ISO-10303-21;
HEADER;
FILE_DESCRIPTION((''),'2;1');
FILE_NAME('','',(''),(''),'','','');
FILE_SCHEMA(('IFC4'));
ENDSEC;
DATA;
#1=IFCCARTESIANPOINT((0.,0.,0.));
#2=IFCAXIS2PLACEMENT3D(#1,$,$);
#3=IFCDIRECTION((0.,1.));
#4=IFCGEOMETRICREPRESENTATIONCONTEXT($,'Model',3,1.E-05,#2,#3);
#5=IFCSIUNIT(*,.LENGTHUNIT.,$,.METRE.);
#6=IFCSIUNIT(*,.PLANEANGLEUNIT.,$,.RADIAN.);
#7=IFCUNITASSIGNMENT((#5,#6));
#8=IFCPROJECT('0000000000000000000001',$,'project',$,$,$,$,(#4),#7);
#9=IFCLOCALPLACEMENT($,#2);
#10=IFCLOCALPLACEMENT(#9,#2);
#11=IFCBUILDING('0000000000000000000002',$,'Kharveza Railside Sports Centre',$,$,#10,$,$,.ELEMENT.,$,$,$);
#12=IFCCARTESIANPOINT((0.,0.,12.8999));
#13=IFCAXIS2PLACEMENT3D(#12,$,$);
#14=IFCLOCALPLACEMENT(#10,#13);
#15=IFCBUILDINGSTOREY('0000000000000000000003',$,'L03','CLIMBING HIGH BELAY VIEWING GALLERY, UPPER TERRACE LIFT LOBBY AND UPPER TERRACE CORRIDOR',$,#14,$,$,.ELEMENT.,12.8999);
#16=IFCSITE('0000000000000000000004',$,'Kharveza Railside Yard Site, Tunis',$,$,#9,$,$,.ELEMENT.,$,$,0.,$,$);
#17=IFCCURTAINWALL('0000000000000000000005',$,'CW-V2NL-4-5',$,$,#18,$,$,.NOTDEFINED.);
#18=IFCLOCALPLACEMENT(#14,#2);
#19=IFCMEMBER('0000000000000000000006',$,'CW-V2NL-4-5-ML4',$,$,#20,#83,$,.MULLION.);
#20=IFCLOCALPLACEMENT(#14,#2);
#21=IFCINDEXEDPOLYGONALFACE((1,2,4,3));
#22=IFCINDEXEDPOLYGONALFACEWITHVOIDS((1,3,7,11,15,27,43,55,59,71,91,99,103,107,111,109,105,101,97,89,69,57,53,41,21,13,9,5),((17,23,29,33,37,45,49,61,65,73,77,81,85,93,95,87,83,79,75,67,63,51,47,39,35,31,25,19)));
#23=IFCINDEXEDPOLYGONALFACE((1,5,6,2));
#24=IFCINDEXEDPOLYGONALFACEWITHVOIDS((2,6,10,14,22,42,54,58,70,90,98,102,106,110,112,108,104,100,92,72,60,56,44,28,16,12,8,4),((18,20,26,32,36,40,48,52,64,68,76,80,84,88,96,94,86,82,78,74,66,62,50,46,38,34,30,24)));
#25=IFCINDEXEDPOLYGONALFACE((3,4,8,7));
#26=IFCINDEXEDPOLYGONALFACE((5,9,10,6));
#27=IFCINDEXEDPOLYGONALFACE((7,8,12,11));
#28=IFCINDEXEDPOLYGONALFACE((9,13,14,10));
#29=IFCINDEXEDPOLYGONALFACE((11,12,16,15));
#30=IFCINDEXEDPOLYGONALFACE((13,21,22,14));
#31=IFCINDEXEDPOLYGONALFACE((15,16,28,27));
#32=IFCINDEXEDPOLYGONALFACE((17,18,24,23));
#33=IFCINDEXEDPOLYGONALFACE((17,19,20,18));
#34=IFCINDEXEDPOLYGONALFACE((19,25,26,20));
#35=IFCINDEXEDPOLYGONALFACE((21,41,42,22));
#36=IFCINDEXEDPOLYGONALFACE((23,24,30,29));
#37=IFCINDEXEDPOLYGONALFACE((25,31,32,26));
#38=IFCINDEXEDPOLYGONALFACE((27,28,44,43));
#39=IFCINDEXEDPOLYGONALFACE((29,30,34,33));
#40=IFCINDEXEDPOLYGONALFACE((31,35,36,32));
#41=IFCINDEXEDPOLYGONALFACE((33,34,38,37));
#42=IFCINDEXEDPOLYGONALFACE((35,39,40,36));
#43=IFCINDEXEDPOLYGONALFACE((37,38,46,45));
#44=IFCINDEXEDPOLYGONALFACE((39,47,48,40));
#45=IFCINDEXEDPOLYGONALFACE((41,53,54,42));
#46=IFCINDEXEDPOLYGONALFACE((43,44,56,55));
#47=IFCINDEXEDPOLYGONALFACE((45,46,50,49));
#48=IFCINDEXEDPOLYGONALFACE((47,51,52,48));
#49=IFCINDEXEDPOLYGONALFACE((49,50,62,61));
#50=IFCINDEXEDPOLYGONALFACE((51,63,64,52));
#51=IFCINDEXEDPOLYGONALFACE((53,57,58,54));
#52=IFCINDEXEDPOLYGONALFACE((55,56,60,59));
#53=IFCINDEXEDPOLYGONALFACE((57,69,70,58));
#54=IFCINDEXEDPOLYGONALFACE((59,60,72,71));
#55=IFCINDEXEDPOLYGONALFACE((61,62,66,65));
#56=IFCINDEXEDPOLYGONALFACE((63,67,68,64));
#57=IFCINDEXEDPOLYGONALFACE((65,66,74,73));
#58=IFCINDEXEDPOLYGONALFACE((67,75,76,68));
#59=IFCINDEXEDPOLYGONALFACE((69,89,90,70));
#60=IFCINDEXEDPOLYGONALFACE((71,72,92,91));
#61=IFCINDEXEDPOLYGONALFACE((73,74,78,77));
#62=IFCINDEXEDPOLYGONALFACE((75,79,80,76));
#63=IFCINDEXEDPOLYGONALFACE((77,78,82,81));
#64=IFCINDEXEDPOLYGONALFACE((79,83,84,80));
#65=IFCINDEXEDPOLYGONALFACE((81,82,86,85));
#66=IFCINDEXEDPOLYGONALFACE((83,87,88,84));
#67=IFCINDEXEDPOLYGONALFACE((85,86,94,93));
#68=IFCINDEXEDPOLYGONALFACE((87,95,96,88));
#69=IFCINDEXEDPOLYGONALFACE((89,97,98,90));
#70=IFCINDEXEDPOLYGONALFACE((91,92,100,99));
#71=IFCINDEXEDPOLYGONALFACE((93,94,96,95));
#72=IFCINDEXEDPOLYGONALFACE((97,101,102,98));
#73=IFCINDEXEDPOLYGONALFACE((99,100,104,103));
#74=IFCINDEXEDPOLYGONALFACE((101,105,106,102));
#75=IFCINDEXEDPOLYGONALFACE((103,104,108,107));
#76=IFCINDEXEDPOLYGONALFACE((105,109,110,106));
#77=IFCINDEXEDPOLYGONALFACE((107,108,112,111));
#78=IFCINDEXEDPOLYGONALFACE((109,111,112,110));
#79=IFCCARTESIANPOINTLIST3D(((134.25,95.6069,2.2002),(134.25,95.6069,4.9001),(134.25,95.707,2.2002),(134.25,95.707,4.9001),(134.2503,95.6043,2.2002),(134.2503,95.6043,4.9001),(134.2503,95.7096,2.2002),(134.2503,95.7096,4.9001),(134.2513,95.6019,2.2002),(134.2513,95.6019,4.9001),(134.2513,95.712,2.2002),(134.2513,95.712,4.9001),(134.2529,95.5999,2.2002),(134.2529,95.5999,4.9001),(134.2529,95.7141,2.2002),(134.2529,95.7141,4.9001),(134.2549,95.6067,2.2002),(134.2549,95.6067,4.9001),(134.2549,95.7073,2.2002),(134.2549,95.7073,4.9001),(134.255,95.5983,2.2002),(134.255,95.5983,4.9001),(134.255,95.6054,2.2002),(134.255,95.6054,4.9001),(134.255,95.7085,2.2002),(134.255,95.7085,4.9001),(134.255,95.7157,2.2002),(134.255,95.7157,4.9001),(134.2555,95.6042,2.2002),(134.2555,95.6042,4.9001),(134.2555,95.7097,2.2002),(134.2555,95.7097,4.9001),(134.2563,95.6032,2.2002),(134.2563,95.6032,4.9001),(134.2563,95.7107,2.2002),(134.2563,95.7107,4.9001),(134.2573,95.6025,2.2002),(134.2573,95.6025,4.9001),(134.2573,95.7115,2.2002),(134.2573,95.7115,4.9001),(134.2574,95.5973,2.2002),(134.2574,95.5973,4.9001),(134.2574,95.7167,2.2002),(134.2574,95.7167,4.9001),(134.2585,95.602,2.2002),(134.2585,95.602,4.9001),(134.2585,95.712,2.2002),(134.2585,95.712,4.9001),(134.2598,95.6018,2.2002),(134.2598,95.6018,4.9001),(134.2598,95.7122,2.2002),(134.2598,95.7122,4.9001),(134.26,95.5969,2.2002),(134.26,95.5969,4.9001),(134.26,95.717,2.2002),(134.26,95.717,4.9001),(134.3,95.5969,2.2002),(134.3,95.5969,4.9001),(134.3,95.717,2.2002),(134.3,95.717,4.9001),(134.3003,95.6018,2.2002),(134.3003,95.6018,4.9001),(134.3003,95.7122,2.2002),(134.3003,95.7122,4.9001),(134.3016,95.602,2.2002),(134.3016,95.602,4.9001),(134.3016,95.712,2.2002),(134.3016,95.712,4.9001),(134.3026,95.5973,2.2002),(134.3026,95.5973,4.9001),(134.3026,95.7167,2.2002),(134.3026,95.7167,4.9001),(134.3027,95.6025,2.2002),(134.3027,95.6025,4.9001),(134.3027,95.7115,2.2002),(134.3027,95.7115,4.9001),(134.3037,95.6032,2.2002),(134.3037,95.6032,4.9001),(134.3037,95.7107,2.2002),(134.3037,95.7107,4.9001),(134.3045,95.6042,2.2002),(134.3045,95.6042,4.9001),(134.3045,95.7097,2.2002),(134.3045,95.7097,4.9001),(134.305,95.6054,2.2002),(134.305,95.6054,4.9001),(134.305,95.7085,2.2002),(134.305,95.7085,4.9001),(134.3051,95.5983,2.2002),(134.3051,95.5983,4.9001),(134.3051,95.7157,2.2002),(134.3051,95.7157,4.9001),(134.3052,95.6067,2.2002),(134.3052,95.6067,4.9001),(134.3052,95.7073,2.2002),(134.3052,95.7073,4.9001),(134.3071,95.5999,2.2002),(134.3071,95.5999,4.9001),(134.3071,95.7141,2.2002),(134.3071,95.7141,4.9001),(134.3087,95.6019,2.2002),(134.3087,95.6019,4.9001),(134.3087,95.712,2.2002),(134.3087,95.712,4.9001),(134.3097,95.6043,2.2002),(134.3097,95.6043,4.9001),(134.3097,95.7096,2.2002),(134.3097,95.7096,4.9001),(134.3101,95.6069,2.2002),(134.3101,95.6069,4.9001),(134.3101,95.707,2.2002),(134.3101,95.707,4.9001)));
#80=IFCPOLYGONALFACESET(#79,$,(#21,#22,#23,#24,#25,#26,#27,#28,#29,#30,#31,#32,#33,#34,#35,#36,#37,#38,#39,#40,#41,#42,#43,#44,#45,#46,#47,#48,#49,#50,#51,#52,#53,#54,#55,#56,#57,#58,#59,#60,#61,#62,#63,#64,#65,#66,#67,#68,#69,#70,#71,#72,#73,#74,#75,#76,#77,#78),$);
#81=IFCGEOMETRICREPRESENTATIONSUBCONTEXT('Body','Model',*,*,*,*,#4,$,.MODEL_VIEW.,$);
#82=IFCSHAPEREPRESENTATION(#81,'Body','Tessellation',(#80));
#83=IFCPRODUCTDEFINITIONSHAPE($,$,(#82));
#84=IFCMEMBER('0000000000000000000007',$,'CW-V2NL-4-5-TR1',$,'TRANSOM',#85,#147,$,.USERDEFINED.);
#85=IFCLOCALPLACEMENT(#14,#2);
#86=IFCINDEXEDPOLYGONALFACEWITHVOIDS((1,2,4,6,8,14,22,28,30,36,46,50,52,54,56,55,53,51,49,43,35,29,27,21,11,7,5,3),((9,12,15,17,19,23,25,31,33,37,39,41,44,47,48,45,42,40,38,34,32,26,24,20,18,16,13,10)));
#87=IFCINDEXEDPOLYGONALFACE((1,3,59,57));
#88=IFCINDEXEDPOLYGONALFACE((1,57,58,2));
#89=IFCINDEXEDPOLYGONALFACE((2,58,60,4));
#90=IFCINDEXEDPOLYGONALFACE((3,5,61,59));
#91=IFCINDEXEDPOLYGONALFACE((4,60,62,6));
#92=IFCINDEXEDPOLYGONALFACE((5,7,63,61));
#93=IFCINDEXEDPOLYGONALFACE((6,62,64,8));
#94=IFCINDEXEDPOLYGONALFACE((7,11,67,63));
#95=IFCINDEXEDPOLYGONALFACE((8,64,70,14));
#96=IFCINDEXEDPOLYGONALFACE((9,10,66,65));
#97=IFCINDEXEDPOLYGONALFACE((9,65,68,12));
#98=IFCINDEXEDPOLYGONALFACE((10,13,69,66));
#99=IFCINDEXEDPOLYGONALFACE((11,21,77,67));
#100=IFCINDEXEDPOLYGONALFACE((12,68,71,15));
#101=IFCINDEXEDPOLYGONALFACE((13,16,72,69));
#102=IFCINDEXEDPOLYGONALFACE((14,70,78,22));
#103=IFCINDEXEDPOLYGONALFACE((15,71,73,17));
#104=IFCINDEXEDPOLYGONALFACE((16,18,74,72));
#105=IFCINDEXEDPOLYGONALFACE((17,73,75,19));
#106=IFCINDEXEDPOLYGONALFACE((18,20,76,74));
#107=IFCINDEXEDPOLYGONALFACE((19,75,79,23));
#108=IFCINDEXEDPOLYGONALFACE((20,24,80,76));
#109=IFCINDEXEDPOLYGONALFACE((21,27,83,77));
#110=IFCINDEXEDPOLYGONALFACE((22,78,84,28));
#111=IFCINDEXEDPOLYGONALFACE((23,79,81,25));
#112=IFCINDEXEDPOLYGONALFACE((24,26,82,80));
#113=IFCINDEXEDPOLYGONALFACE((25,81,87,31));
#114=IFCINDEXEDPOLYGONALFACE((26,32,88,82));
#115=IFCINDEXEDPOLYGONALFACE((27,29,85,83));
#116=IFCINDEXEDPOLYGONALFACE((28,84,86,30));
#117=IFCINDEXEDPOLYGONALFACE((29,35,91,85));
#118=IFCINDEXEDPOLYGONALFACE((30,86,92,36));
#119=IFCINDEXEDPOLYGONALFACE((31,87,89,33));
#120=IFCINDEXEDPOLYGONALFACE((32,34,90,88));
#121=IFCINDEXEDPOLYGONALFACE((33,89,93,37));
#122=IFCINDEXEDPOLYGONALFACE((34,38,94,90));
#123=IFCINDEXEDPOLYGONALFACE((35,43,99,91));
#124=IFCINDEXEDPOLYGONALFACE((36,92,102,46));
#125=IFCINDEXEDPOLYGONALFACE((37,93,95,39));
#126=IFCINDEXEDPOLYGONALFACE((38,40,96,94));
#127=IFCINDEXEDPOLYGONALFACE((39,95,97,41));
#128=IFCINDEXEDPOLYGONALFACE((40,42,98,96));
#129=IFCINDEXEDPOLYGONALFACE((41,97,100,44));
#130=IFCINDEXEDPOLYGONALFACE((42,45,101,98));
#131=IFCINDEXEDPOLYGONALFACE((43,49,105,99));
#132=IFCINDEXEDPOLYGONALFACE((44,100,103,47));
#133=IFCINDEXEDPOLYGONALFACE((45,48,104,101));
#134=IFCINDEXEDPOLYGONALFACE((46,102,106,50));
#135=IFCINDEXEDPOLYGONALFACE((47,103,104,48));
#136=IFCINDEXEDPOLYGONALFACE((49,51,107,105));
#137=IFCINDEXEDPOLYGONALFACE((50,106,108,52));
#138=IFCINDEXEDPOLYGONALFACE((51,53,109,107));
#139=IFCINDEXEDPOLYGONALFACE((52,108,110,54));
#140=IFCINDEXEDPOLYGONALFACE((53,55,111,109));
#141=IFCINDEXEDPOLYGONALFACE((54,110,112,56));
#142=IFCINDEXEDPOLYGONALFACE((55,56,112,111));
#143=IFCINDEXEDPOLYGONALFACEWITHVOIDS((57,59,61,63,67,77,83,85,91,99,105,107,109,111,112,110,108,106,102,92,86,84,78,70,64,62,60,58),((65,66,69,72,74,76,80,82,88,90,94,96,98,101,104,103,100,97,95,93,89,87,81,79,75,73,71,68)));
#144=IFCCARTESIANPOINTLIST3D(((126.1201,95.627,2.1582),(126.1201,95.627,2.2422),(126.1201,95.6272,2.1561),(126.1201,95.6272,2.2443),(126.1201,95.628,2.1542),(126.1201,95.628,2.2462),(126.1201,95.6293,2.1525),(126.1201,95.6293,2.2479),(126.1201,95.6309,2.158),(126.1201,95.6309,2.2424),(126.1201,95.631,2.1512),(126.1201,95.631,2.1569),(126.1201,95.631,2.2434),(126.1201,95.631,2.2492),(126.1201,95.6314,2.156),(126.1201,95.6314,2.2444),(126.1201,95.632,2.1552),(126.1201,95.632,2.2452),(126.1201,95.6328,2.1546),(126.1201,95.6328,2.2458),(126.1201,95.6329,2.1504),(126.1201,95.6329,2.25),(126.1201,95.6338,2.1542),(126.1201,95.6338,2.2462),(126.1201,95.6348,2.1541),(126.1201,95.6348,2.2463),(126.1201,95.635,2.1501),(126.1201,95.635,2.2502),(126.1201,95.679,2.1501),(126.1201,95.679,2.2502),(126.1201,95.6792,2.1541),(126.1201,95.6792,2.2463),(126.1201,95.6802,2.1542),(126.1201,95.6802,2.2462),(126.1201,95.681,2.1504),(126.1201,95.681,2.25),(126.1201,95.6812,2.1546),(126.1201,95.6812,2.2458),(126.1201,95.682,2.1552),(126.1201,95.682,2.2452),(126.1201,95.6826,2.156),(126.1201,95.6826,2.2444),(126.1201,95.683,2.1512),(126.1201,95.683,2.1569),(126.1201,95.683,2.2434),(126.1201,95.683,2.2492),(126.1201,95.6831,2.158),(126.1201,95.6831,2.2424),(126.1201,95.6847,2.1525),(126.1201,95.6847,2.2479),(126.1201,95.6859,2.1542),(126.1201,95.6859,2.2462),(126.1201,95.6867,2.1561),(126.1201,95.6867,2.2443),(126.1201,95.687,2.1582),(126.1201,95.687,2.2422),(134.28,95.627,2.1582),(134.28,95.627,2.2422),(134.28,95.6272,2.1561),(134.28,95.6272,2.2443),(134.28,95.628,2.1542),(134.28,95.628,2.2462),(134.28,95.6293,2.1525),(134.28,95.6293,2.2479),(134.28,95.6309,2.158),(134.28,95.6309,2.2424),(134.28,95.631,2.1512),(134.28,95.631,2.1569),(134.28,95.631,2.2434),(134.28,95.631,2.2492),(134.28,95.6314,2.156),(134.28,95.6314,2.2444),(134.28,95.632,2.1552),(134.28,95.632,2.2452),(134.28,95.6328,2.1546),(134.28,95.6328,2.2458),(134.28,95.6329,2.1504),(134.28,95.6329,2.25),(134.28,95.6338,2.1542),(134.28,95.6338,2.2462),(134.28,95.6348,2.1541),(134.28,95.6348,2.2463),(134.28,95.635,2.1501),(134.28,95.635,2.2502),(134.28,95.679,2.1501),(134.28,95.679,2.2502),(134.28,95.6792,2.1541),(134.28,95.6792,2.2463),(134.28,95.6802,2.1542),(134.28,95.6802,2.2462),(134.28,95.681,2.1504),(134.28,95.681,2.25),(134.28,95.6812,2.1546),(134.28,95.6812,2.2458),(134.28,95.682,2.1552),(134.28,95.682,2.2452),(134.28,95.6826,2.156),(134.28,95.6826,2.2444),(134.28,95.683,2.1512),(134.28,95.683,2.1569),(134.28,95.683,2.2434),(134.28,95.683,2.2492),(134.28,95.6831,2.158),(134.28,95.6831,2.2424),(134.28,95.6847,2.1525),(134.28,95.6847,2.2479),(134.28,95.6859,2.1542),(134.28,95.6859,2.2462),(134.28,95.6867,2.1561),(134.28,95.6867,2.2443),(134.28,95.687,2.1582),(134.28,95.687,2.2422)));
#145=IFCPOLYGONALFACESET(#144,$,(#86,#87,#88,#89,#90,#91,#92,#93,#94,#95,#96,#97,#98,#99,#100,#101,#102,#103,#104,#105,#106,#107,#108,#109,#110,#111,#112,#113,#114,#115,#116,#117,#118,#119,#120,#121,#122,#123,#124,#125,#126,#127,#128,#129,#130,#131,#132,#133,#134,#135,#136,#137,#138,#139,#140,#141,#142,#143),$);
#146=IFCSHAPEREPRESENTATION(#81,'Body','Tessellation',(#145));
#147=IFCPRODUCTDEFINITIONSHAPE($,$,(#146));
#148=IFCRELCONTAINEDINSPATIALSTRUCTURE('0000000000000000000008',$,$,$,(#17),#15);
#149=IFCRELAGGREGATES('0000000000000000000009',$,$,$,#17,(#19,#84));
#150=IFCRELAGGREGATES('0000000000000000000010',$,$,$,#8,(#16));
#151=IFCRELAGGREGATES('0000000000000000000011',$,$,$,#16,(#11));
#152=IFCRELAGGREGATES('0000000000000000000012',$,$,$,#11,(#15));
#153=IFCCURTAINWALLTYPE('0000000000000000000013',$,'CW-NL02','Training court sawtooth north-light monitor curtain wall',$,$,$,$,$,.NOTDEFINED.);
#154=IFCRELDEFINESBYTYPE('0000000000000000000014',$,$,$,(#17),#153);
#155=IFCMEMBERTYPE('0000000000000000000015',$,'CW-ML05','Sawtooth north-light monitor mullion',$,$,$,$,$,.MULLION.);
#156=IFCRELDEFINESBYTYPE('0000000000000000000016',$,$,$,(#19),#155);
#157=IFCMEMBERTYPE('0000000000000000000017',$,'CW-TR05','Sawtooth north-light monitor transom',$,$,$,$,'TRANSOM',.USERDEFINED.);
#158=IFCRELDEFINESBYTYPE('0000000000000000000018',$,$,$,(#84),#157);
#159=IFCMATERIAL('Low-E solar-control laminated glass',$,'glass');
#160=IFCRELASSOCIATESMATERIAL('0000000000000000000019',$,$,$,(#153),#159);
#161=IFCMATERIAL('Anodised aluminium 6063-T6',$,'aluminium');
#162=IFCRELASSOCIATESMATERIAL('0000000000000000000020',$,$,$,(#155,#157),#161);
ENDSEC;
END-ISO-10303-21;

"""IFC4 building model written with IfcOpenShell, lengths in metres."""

from ifc_helpers import new_model, si_unit, direction, frame, origin, origin_2d, place, context, subcontext, project, spatial, hollow_rectangle, extrude, material, material_profile, profile_set, type_object, element, aggregate, save


model = new_model("IFC4")

# Units and contexts
model_context = context("Model", 3, precision=1e-05, world=origin(), true_north=direction((0.0, 1.0)))
body_context = subcontext(model_context, "Body", "Model", "MODEL_VIEW")
ifc_project = project(units=[si_unit("LENGTHUNIT", "METRE"), si_unit("PLANEANGLEUNIT", "RADIAN")], contexts=[model_context])

# Site, building, storey
site_placement = place(None, origin())
site = spatial("IfcSite", under=ifc_project, at=site_placement, Name="Kharveza Railside Yard Site, Tunis", CompositionType="ELEMENT", RefElevation=0.0)
building_placement = place(site_placement, origin())
building = spatial("IfcBuilding", under=site, at=building_placement, Name="Kharveza Railside Sports Centre", CompositionType="ELEMENT")
storey_placement = place(building_placement, frame((0.0, 0.0, 12.8999)))
storey = spatial("IfcBuildingStorey", under=building, at=storey_placement, Name="L03", Description="CLIMBING HIGH BELAY VIEWING GALLERY, UPPER TERRACE LIFT LOBBY AND UPPER TERRACE CORRIDOR", CompositionType="ELEMENT", Elevation=12.8999)

# Curtain wall, members
ifc_material_1 = material(Name="Low-E solar-control laminated glass", Category="glass")
curtain_wall_type = type_object("IfcCurtainWallType", Name="CW-NL02", Description="Training court sawtooth north-light monitor curtain wall", PredefinedType="NOTDEFINED", material=ifc_material_1)
ifc_material_2 = material(Name="Anodised aluminium 6063-T6", Category="aluminium")
ifc_material_profile_1 = material_profile(ifc_material_2, hollow_rectangle(XDim=0.0601, YDim=0.1201, WallThickness=0.0049, InnerFilletRadius=0.0049, OuterFilletRadius=0.01, at=origin_2d()), Name="RHS 60x120x5.0")
ifc_profile_set_1 = profile_set([ifc_material_profile_1], Name="Anodised aluminium 6063-T6")
member_type_1 = type_object("IfcMemberType", Name="CW-ML05", Description="Sawtooth north-light monitor mullion", PredefinedType="MULLION", material=ifc_profile_set_1)
curtain_wall_1_placement = place(storey_placement, origin())
curtain_wall_1 = element("IfcCurtainWall", 1, at=curtain_wall_1_placement, inside=storey, type_object=curtain_wall_type, Name="CW-V2NL-4-5", PredefinedType="NOTDEFINED")
member_1_placement = place(storey_placement, frame((134.28, 95.657, 2.2002), z_axis=(0.0, 0.0, 1.0), x_axis=(1.0, 0.0, 0.0)))
member_1 = element("IfcMember", 2, at=member_1_placement, type_object=member_type_1, Name="CW-V2NL-4-5-ML4", PredefinedType="MULLION", context=body_context, shape_type="SweptSolid", body=[
    extrude(hollow_rectangle(XDim=0.0601, YDim=0.1201, WallThickness=0.0049, InnerFilletRadius=0.0049, OuterFilletRadius=0.01, at=origin_2d()), origin(), (0.0, 0.0, 1.0), 2.7),
])
ifc_material_profile_2 = material_profile(ifc_material_2, hollow_rectangle(XDim=0.0601, YDim=0.1001, WallThickness=0.0039, InnerFilletRadius=0.0039, OuterFilletRadius=0.0081, at=origin_2d()), Name="RHS 60x100x4.0")
ifc_profile_set_2 = profile_set([ifc_material_profile_2], Name="Anodised aluminium 6063-T6")
member_type_2 = type_object("IfcMemberType", Name="CW-TR05", Description="Sawtooth north-light monitor transom", ElementType="TRANSOM", PredefinedType="USERDEFINED", material=ifc_profile_set_2)
member_2_placement = place(storey_placement, frame((126.1201, 95.657, 2.2002), z_axis=(1.0, 0.0, 0.0), x_axis=(0.0, 1.0, 0.0)))
member_2 = element("IfcMember", 3, at=member_2_placement, type_object=member_type_2, Name="CW-V2NL-4-5-TR1", ObjectType="TRANSOM", PredefinedType="USERDEFINED", context=body_context, shape_type="SweptSolid", body=[
    extrude(hollow_rectangle(XDim=0.0601, YDim=0.1001, WallThickness=0.0039, InnerFilletRadius=0.0039, OuterFilletRadius=0.0081, at=origin_2d()), origin(), (0.0, 0.0, 1.0), 8.1599),
])

aggregate(curtain_wall_1, [member_1, member_2])

save(model, "model.ifc")
